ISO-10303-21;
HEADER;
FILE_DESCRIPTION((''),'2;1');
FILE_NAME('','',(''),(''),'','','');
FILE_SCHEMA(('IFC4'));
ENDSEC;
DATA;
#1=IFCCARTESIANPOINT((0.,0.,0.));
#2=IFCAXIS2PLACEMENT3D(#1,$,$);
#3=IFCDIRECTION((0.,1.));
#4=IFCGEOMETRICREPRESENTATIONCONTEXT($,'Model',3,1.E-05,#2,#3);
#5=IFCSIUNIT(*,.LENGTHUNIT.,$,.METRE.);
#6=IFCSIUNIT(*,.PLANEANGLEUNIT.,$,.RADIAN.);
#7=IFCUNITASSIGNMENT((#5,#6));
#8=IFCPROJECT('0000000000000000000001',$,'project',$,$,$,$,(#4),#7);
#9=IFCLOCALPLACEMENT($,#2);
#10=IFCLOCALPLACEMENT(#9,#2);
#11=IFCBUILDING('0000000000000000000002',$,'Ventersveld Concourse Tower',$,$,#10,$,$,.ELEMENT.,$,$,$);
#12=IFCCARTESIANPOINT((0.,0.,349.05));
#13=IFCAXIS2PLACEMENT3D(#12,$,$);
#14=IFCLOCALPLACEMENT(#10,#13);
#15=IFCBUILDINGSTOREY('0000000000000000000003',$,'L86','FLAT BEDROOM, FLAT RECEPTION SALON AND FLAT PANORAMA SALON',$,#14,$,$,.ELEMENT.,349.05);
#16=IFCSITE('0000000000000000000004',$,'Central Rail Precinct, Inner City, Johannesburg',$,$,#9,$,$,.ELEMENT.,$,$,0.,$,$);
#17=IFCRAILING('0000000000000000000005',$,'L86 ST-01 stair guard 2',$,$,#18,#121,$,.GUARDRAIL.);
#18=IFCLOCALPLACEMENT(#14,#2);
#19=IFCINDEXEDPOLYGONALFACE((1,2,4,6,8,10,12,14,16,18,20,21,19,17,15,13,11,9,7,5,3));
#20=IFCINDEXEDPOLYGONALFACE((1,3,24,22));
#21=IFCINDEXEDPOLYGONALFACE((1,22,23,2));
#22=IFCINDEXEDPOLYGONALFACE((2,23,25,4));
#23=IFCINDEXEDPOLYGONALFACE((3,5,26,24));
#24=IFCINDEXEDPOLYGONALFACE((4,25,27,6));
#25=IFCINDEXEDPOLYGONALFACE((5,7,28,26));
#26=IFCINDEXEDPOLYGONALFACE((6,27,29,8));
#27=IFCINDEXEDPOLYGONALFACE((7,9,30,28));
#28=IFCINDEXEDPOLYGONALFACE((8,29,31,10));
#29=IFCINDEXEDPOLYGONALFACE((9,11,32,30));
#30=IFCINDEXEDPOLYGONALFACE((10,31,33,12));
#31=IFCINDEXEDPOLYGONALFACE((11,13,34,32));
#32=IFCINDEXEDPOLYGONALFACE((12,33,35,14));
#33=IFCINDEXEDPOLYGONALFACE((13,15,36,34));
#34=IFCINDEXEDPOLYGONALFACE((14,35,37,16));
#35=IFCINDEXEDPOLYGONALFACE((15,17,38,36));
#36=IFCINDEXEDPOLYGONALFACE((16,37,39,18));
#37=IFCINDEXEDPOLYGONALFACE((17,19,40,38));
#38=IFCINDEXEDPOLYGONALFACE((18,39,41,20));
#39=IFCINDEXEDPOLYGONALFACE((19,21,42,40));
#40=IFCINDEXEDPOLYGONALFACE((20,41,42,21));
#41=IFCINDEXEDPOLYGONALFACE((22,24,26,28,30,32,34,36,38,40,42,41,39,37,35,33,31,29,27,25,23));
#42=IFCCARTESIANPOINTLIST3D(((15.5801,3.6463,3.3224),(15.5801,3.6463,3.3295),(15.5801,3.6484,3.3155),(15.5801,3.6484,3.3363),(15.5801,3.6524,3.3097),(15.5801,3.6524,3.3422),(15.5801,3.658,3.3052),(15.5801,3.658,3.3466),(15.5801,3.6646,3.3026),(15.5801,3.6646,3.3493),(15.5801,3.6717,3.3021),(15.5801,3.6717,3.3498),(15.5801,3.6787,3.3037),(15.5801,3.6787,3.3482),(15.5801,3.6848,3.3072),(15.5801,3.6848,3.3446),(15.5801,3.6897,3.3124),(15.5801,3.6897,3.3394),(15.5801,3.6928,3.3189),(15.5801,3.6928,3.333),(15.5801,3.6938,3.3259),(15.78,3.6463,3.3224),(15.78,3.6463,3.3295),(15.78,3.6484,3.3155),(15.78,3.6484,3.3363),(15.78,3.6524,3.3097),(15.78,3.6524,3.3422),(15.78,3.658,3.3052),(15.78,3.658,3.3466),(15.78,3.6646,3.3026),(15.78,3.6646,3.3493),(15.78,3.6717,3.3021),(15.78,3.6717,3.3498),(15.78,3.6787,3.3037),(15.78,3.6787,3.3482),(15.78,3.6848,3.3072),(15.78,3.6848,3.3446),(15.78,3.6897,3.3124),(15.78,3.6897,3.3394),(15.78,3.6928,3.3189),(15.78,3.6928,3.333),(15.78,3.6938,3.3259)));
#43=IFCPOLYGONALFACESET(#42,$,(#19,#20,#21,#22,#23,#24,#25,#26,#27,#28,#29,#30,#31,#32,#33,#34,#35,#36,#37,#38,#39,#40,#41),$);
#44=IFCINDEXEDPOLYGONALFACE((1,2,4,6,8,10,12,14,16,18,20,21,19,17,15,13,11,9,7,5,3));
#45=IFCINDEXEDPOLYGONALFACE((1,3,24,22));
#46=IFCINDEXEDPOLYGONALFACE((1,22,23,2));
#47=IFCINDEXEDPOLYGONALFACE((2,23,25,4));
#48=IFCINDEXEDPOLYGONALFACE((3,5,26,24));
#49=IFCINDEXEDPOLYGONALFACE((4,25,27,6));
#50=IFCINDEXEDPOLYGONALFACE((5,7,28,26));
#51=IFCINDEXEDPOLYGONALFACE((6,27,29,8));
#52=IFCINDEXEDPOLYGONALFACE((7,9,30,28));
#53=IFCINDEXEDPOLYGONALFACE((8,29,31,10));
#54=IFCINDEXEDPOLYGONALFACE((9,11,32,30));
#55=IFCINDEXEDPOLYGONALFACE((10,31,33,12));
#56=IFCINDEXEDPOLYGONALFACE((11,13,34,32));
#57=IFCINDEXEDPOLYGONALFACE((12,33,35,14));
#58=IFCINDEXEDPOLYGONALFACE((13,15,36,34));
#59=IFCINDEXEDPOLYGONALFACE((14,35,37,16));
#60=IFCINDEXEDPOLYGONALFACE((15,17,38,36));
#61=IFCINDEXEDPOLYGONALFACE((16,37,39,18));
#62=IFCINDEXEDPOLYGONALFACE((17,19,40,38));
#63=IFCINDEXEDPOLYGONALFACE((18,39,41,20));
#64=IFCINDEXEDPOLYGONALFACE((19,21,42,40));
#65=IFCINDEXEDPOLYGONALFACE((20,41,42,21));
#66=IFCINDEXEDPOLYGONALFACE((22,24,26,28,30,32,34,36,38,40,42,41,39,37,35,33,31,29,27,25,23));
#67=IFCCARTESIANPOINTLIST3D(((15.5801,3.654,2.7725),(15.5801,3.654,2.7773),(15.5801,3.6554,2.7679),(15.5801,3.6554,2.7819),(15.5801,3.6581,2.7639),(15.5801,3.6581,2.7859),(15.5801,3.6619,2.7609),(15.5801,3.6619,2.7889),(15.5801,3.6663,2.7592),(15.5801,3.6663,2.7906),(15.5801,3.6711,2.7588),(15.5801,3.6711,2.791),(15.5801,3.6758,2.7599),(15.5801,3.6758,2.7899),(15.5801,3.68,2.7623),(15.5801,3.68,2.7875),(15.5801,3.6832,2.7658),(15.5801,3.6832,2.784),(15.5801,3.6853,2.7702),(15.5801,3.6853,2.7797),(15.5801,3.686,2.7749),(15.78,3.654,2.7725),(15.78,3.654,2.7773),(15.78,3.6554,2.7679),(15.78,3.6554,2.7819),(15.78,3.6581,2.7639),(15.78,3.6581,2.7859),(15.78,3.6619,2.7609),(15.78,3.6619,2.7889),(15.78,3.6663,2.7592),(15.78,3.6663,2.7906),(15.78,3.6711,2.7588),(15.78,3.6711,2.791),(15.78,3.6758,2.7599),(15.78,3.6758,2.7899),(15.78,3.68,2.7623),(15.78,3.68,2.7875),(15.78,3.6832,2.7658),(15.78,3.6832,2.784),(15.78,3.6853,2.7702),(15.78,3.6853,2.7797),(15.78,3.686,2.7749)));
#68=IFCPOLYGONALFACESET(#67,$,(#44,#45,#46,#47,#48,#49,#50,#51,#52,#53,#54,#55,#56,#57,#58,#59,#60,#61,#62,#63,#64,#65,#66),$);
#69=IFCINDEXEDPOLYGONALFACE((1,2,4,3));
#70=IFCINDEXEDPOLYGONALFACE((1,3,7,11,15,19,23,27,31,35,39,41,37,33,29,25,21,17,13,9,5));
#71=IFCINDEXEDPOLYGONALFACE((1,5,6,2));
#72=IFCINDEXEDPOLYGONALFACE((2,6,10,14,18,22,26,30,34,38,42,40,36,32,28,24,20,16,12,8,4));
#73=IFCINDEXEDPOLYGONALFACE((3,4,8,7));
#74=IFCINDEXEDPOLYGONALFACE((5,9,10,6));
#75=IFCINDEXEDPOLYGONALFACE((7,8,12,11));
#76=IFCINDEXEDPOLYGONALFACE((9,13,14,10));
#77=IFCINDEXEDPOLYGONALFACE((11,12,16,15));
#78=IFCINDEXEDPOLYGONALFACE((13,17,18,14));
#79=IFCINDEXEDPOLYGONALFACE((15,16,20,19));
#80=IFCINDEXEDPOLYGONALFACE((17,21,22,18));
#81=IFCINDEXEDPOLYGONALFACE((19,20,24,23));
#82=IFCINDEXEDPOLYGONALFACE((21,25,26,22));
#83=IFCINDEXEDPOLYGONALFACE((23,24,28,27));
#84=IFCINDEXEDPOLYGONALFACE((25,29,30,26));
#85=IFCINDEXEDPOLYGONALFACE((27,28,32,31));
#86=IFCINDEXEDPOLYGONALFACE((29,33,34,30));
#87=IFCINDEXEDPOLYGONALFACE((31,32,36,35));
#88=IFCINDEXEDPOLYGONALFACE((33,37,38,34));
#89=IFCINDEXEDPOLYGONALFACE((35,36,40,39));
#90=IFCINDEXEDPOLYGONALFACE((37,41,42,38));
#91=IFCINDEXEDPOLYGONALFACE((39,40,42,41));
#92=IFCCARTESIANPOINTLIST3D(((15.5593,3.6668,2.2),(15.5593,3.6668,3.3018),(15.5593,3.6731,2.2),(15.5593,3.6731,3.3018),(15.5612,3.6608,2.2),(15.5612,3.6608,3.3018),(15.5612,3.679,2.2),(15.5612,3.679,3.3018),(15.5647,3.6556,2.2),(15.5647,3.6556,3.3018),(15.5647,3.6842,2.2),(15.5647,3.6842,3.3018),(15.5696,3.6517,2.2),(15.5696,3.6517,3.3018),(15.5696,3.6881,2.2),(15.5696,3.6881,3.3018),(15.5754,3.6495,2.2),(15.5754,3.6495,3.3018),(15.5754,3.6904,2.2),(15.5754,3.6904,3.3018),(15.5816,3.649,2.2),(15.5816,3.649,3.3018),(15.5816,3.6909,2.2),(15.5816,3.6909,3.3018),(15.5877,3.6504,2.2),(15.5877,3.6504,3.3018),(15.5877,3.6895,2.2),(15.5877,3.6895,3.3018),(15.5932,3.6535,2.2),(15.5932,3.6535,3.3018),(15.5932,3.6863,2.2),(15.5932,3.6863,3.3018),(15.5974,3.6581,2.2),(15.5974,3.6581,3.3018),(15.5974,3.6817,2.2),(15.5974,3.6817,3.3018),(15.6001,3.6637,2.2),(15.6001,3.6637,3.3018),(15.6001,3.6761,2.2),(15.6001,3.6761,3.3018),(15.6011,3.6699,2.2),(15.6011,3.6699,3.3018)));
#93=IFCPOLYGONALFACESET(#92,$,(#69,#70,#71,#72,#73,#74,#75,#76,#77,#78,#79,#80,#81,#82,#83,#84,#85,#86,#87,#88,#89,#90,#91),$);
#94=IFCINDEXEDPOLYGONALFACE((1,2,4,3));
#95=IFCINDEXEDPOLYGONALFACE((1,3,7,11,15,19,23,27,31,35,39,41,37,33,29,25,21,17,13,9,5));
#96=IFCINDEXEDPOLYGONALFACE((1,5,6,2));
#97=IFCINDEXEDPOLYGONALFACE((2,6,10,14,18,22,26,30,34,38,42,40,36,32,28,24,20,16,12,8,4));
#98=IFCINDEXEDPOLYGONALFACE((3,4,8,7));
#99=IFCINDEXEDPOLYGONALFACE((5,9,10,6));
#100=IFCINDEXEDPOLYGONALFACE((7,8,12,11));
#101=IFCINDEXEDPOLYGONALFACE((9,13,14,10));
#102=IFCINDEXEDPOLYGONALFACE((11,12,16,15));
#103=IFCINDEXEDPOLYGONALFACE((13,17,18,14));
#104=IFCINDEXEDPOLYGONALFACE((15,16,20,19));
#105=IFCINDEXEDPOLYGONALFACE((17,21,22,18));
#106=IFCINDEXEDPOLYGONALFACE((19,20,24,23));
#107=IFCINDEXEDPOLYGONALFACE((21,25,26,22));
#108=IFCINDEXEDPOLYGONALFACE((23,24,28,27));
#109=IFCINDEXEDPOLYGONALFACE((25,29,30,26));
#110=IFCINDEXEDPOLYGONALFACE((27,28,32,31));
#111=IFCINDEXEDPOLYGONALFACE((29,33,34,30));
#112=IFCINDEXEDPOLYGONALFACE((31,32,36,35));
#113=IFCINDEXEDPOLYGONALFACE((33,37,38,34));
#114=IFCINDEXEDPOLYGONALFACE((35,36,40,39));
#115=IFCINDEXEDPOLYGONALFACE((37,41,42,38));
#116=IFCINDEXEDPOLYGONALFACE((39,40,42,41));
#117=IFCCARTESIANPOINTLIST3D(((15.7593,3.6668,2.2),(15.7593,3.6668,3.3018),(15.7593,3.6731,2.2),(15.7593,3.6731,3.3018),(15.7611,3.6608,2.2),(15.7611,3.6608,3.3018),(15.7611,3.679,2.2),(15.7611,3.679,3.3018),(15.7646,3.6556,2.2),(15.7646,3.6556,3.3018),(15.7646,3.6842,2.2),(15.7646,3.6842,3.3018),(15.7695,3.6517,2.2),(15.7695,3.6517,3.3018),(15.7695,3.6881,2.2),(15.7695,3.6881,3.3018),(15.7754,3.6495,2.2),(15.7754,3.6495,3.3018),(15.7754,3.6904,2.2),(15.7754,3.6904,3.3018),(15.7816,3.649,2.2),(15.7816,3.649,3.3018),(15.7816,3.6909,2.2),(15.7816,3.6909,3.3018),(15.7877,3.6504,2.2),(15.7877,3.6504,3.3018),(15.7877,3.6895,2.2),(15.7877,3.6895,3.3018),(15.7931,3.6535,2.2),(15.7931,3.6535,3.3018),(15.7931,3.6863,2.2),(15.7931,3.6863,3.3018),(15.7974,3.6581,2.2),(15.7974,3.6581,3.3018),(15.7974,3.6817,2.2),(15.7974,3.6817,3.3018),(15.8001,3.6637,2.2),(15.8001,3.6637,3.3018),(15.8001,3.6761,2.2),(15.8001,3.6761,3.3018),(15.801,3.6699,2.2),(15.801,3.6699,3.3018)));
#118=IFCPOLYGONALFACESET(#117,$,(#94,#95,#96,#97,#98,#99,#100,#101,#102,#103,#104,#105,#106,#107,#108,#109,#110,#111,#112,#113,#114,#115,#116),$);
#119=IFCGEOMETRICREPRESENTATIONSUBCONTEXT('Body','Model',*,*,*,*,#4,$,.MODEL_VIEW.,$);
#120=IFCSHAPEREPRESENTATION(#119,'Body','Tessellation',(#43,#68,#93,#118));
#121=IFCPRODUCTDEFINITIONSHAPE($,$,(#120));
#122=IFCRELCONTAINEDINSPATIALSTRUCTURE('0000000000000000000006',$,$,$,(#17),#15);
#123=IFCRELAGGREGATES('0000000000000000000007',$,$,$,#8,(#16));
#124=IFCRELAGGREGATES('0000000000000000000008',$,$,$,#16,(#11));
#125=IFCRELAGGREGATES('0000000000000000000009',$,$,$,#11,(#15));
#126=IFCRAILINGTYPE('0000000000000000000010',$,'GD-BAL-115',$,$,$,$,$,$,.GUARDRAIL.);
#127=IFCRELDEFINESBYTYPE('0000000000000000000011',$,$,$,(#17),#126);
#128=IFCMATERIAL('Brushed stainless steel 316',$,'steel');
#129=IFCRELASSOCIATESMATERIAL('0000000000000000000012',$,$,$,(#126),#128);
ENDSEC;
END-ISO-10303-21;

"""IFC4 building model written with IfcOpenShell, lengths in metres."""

from ifc_helpers import new_model, si_unit, direction, frame, origin, origin_2d, place, context, subcontext, project, spatial, circle, extrude, material, type_object, element, save


model = new_model("IFC4")

# Units and contexts
model_context = context("Model", 3, precision=1e-05, world=origin(), true_north=direction((0.0, 1.0)))
body_context = subcontext(model_context, "Body", "Model", "MODEL_VIEW")
ifc_project = project(units=[si_unit("LENGTHUNIT", "METRE"), si_unit("PLANEANGLEUNIT", "RADIAN")], contexts=[model_context])

# Site, building, storey
site_placement = place(None, origin())
site = spatial("IfcSite", under=ifc_project, at=site_placement, Name="Central Rail Precinct, Inner City, Johannesburg", CompositionType="ELEMENT", RefElevation=0.0)
building_placement = place(site_placement, origin())
building = spatial("IfcBuilding", under=site, at=building_placement, Name="Ventersveld Concourse Tower", CompositionType="ELEMENT")
storey_placement = place(building_placement, frame((0.0, 0.0, 349.05)))
storey = spatial("IfcBuildingStorey", under=building, at=storey_placement, Name="L86", Description="FLAT BEDROOM, FLAT RECEPTION SALON AND FLAT PANORAMA SALON", CompositionType="ELEMENT", Elevation=349.05)

# Shared definitions
ifc_material_1 = material(Name="Brushed stainless steel 316", Category="steel")

# Railing
railing_type_1 = type_object("IfcRailingType", Name="GD-BAL-115", PredefinedType="GUARDRAIL", material=ifc_material_1)
railing_1_placement = place(storey_placement, frame((15.5801, 3.6699, 2.2)))
element("IfcRailing", 1, at=railing_1_placement, inside=storey, type_object=railing_type_1, Name="L86 ST-01 stair guard 2", PredefinedType="GUARDRAIL", context=body_context, shape_type="SweptSolid", body=[
    extrude(circle(Radius=0.0239, at=origin_2d()), frame((0.0, 0.0, 1.126), z_axis=(1.0, 0.0, 0.0), x_axis=(0.0, 1.0, 0.0)), (0.0, 0.0, 1.0), 0.2),
    extrude(circle(Radius=0.0161, at=origin_2d()), frame((0.0, 0.0, 0.575), z_axis=(1.0, 0.0, 0.0), x_axis=(0.0, 1.0, 0.0)), (0.0, 0.0, 1.0), 0.2),
    extrude(circle(Radius=0.021, at=origin_2d()), origin(), (0.0, 0.0, 1.0), 1.1018),
    extrude(circle(Radius=0.021, at=origin_2d()), frame((0.2, 0.0, 0.0)), (0.0, 0.0, 1.0), 1.1018),
])

save(model, "model.ifc")
